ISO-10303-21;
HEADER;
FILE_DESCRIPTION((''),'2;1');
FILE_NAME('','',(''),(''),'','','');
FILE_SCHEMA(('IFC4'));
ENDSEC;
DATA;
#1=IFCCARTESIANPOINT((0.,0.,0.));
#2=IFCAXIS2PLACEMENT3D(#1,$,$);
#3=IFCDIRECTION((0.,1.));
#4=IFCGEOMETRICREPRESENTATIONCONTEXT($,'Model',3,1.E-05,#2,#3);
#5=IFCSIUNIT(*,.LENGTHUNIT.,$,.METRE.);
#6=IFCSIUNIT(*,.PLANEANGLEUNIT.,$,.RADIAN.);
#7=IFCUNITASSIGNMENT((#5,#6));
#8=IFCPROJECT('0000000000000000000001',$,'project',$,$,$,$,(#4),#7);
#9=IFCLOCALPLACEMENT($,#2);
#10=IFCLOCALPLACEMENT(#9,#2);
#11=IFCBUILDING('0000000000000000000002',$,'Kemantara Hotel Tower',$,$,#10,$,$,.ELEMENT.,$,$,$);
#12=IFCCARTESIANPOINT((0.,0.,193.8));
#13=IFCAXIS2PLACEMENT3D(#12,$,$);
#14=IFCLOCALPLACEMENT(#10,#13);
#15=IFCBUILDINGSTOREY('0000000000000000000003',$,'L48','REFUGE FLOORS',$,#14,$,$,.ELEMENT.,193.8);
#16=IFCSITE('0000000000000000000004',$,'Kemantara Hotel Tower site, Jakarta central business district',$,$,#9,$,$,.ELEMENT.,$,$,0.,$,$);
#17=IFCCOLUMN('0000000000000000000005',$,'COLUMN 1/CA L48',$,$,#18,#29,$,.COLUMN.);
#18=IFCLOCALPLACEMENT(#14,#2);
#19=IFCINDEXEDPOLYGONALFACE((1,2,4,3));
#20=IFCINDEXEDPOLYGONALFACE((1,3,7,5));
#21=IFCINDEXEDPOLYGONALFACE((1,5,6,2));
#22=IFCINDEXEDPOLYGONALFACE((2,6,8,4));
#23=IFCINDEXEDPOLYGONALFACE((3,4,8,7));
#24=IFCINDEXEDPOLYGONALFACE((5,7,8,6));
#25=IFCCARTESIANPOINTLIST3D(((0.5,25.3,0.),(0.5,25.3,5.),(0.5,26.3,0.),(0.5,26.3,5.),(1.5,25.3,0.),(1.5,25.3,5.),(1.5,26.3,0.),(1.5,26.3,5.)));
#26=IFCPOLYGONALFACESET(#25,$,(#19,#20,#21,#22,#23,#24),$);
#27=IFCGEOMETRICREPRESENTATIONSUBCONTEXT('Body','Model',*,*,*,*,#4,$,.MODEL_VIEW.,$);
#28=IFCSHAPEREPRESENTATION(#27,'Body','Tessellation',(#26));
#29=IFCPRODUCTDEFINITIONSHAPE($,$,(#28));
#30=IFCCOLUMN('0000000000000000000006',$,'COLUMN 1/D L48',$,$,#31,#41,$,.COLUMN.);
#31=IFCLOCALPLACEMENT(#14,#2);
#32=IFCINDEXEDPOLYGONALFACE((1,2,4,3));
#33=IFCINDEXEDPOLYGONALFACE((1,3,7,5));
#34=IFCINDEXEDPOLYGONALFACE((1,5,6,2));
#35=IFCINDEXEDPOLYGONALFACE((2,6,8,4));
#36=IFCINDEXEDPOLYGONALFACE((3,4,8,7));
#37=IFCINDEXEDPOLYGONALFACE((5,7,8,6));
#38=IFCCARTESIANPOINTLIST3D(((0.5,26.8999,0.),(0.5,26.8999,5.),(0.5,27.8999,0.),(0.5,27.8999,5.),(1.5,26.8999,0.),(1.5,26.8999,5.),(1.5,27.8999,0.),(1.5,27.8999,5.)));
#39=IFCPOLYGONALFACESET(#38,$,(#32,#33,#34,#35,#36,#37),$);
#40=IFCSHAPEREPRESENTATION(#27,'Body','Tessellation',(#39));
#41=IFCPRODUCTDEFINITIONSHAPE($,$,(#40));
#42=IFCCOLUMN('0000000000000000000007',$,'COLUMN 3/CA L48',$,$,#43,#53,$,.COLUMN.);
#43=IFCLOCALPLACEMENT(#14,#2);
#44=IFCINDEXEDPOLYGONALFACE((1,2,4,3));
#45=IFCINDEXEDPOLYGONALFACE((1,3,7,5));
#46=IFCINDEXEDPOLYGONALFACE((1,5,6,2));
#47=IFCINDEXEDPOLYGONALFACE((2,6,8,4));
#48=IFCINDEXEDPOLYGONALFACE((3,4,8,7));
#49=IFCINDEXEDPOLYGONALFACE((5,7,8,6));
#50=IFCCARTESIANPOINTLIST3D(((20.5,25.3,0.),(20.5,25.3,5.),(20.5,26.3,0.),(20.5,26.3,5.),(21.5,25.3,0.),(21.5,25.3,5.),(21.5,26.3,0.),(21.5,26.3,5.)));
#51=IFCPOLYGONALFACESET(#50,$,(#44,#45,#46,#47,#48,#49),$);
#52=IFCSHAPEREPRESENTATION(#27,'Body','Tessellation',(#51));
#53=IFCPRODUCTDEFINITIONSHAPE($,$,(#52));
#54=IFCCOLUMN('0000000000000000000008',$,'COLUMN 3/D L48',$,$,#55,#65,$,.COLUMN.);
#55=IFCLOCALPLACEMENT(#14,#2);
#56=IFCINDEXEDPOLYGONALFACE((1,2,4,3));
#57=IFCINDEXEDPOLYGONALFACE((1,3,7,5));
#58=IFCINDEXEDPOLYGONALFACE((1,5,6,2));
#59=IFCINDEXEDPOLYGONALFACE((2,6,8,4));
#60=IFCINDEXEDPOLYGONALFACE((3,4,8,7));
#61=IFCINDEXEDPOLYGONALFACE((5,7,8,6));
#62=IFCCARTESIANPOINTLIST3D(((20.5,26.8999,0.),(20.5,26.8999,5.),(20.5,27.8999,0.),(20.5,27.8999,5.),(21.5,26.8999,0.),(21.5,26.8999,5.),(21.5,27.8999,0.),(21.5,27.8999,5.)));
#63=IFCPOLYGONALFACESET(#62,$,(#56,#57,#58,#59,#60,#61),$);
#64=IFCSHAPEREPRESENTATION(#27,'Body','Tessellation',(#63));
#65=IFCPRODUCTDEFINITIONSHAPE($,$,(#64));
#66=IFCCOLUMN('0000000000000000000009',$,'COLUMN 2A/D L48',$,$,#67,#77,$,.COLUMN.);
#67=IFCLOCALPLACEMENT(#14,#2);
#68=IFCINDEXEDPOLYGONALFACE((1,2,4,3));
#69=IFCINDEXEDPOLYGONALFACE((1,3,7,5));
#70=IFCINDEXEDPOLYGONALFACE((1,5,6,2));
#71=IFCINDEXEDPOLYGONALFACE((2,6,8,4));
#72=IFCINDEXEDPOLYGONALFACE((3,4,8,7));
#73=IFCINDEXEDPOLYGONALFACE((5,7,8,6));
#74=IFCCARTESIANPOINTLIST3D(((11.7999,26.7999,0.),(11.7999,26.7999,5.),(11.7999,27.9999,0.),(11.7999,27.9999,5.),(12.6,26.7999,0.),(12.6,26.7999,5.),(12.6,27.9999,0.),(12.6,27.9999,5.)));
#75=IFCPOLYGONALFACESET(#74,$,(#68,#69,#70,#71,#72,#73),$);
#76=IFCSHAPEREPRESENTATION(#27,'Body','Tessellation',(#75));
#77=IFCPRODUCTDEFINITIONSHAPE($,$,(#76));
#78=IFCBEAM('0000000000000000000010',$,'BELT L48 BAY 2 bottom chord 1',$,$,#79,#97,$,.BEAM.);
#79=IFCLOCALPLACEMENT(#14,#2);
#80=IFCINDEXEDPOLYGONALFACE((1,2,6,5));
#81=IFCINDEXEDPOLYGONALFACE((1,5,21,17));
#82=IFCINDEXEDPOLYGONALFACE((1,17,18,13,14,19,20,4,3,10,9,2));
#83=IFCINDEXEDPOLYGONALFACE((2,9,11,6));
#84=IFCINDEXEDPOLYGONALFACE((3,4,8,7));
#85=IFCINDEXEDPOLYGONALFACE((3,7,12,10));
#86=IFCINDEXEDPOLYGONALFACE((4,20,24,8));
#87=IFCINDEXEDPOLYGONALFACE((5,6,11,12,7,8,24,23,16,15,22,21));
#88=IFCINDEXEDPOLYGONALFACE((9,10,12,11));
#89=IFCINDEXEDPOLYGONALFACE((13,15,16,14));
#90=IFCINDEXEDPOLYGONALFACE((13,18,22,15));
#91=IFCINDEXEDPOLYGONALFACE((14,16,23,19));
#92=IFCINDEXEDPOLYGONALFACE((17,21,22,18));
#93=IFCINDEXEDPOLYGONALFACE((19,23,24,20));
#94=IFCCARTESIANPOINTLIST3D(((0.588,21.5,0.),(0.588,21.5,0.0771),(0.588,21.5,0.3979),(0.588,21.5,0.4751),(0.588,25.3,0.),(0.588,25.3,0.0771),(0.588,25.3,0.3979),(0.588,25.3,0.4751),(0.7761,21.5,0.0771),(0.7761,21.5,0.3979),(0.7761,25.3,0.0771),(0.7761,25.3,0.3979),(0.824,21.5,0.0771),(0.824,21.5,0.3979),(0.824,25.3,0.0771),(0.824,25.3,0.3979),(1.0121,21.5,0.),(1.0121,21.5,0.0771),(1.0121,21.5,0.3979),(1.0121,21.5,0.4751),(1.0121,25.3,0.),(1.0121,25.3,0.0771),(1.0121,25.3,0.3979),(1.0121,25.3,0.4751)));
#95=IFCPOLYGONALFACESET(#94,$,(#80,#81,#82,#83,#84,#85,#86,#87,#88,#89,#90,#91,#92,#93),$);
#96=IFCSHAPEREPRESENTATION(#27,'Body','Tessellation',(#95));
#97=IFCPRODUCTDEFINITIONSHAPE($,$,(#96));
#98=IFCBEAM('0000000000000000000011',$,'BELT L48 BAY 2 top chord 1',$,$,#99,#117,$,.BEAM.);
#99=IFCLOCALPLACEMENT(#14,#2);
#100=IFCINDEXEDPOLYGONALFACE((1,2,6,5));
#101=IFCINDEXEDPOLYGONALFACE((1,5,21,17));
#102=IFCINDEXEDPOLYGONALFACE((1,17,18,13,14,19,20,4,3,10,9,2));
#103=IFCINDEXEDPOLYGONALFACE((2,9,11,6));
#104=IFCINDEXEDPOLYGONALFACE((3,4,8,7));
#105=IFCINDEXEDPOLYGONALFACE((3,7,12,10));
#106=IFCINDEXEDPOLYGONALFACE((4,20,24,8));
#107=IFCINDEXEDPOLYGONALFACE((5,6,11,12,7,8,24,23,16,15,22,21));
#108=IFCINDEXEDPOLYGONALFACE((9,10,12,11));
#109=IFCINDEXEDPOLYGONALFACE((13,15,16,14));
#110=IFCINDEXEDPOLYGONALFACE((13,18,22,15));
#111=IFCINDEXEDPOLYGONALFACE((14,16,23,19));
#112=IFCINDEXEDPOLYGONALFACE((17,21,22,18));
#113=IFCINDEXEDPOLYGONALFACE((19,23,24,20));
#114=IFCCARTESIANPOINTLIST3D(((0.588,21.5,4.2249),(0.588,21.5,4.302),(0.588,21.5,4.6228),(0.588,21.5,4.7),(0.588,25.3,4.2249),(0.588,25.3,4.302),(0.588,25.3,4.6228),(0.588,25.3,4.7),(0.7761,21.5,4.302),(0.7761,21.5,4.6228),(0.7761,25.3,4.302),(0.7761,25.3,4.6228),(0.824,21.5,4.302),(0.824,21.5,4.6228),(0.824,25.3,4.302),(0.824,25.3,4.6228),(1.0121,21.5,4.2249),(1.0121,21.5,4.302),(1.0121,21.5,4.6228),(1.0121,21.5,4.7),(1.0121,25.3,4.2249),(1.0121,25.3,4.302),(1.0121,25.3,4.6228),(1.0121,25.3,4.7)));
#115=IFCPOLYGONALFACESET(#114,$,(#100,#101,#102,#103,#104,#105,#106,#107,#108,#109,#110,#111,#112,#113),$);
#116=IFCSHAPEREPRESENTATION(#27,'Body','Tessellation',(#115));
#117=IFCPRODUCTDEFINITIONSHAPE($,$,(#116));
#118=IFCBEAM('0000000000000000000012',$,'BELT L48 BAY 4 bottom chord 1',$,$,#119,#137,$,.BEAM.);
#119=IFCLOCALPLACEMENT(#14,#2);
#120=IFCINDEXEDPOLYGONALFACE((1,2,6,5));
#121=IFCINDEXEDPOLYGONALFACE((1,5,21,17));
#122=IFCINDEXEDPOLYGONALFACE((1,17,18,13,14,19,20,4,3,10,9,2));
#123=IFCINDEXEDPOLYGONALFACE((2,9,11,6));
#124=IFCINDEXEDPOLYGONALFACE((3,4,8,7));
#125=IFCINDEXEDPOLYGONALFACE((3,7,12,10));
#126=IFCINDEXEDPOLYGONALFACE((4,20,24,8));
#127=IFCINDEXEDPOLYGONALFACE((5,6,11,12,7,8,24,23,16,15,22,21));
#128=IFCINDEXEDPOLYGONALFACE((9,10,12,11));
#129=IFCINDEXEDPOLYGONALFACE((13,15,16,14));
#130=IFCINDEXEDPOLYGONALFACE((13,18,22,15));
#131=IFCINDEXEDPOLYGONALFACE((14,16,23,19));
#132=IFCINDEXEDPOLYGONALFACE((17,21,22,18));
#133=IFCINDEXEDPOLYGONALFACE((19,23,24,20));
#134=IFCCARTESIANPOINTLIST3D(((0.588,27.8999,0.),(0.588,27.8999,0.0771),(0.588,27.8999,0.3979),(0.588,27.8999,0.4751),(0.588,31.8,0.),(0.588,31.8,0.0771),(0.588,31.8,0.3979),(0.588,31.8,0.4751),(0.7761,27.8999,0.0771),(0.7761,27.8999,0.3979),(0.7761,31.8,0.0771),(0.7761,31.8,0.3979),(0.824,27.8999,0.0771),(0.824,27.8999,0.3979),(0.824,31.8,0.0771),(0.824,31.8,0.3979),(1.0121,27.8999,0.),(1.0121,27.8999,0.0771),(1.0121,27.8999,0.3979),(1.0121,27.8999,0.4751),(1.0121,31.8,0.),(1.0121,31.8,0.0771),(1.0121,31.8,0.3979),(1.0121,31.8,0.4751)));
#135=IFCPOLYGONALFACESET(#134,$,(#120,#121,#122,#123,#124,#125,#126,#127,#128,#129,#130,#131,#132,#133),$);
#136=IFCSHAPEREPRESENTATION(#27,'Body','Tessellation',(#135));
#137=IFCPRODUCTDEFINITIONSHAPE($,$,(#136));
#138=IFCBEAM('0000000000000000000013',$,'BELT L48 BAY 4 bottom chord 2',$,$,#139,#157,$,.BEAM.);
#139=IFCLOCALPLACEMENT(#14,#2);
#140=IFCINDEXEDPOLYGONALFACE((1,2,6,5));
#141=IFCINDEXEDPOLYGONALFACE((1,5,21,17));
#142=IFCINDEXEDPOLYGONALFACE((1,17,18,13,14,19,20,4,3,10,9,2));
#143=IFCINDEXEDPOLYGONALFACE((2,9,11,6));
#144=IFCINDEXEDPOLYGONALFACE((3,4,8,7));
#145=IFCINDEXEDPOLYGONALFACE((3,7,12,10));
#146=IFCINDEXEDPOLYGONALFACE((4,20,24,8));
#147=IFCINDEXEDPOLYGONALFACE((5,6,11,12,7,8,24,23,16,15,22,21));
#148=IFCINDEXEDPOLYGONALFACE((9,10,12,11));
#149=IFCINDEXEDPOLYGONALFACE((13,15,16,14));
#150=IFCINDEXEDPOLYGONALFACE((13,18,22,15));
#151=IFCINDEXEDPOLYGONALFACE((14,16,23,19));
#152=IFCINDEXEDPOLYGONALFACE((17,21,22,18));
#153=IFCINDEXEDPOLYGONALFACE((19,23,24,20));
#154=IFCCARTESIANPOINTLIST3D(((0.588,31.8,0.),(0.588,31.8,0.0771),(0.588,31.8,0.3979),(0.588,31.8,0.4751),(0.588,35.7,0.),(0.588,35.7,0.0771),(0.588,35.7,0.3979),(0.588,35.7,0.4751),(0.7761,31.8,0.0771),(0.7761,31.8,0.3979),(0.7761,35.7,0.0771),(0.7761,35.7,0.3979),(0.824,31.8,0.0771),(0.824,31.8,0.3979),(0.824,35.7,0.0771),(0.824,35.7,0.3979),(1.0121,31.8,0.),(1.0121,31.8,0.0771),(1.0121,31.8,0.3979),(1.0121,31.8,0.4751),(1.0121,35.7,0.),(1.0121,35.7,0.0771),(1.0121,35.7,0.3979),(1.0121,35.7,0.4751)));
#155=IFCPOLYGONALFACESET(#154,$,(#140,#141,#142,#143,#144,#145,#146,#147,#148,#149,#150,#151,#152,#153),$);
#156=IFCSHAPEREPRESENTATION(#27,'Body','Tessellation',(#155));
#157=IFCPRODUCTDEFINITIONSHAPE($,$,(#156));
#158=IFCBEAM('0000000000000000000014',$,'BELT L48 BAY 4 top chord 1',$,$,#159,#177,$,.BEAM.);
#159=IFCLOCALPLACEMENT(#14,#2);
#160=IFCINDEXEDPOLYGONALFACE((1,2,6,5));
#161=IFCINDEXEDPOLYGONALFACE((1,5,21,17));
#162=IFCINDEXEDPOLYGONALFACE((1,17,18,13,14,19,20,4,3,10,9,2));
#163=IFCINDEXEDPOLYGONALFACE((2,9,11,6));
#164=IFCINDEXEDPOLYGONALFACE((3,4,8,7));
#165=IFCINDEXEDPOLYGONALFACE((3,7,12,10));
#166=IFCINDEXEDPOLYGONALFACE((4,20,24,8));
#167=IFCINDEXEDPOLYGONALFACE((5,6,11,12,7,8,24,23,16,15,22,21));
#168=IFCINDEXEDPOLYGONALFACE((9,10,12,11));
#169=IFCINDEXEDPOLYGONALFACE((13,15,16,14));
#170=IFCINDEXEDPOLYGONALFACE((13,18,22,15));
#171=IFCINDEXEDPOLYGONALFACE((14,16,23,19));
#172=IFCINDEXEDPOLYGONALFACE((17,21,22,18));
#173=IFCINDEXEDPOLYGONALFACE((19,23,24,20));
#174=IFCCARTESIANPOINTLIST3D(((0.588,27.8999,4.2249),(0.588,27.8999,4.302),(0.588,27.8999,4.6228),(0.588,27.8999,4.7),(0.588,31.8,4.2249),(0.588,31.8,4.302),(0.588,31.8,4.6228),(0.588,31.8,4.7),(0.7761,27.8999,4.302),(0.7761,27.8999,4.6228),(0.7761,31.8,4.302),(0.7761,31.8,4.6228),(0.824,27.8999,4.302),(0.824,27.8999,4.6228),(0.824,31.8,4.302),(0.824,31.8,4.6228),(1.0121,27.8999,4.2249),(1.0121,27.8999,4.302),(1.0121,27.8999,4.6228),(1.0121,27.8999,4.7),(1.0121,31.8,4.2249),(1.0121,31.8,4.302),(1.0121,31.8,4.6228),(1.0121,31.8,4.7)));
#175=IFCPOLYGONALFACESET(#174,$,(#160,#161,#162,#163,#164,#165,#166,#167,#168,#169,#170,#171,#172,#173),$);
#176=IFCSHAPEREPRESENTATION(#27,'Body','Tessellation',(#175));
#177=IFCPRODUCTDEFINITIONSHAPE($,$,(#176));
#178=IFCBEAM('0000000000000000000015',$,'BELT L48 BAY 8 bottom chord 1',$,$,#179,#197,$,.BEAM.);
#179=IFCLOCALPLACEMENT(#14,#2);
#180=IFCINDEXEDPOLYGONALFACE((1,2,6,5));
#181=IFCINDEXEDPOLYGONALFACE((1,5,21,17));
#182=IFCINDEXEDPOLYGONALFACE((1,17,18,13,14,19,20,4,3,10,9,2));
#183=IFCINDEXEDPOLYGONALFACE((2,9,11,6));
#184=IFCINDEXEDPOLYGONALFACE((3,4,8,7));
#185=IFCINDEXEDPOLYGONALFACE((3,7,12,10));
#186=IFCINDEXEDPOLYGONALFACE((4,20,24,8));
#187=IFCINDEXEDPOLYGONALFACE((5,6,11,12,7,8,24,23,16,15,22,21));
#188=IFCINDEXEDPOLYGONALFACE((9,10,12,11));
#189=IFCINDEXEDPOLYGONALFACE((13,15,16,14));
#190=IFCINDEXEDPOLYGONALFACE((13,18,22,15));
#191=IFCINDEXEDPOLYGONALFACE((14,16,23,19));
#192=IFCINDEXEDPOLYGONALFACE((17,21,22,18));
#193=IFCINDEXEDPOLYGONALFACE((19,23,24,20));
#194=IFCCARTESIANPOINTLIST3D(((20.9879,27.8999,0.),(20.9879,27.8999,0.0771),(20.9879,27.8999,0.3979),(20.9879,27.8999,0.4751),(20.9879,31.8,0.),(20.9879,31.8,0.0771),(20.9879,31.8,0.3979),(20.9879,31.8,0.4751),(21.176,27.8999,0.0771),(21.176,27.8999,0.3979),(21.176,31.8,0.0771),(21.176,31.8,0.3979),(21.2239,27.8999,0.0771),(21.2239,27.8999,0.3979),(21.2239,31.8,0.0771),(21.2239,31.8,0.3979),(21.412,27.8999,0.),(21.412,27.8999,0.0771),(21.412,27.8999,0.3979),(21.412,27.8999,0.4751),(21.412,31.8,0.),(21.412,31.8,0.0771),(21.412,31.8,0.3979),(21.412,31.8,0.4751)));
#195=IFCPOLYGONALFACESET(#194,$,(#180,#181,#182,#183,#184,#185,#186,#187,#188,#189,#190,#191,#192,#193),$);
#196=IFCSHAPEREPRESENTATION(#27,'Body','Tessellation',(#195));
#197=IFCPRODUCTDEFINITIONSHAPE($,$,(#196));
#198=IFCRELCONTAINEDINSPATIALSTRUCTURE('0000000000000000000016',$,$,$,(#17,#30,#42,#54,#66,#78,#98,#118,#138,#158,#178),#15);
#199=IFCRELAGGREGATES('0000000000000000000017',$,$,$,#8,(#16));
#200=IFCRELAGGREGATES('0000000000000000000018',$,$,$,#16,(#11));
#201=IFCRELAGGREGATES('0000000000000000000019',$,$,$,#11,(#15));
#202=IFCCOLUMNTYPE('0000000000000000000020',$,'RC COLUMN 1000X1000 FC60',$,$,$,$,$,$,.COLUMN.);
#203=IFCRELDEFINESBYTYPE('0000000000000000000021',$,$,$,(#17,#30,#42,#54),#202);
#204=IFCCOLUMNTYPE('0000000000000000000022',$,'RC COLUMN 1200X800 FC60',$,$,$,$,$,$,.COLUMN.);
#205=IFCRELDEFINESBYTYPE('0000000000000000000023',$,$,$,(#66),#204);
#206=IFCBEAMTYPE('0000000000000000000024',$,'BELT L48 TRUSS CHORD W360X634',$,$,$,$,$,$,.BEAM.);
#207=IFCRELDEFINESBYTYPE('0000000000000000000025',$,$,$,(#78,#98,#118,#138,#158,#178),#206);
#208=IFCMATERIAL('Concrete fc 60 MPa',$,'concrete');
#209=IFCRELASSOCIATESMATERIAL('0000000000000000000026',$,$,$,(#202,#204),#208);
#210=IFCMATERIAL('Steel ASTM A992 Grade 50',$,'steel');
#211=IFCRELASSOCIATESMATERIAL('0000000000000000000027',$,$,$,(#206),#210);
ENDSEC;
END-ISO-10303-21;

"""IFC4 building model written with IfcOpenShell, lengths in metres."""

from ifc_helpers import new_model, si_unit, direction, frame, origin, origin_2d, place, context, subcontext, project, spatial, rectangle, i_section, extrude, material, material_profile, profile_set, type_object, element, save


model = new_model("IFC4")

# Units and contexts
model_context = context("Model", 3, precision=1e-05, world=origin(), true_north=direction((0.0, 1.0)))
body_context = subcontext(model_context, "Body", "Model", "MODEL_VIEW")
ifc_project = project(units=[si_unit("LENGTHUNIT", "METRE"), si_unit("PLANEANGLEUNIT", "RADIAN")], contexts=[model_context])

# Site, building, storey
site_placement = place(None, origin())
site = spatial("IfcSite", under=ifc_project, at=site_placement, Name="Kemantara Hotel Tower site, Jakarta central business district", CompositionType="ELEMENT", RefElevation=0.0)
building_placement = place(site_placement, origin())
building = spatial("IfcBuilding", under=site, at=building_placement, Name="Kemantara Hotel Tower", CompositionType="ELEMENT")
storey_placement = place(building_placement, frame((0.0, 0.0, 193.8)))
storey = spatial("IfcBuildingStorey", under=building, at=storey_placement, Name="L48", Description="REFUGE FLOORS", CompositionType="ELEMENT", Elevation=193.8)

# Columns
ifc_material_1 = material(Name="Concrete fc 60 MPa", Category="concrete")
ifc_material_profile_1 = material_profile(ifc_material_1, rectangle(XDim=1.0, YDim=1.0, at=origin_2d()), Name="RC 1000X1000")
ifc_profile_set_1 = profile_set([ifc_material_profile_1], Name="Concrete fc 60 MPa")
column_type_1 = type_object("IfcColumnType", Name="RC COLUMN 1000X1000 FC60", PredefinedType="COLUMN", material=ifc_profile_set_1)
for number, where, z_axis, x_axis, name in (
    (1, (1.0, 25.8, 0.0), (0.0, 0.0, 1.0), (1.0, 0.0, 0.0), "COLUMN 1/CA L48"),
    (2, (1.0, 27.3999, 0.0), (0.0, 0.0, 1.0), (1.0, 0.0, 0.0), "COLUMN 1/D L48"),
    (3, (21.0, 25.8, 0.0), (0.0, 0.0, 1.0), (1.0, 0.0, 0.0), "COLUMN 3/CA L48"),
    (4, (21.0, 27.3999, 0.0), (0.0, 0.0, 1.0), (1.0, 0.0, 0.0), "COLUMN 3/D L48"),
):
    element("IfcColumn", number, at=place(storey_placement, frame(where, z_axis=z_axis, x_axis=x_axis)), inside=storey, type_object=column_type_1, Name=name, PredefinedType="COLUMN", context=body_context, shape_type="SweptSolid", body=[
        extrude(rectangle(XDim=1.0, YDim=1.0, at=origin_2d()), origin(), (0.0, 0.0, 1.0), 5.0),
    ])
ifc_material_profile_2 = material_profile(ifc_material_1, rectangle(XDim=1.2, YDim=0.8, at=origin_2d()), Name="RC 1200X800")
ifc_profile_set_2 = profile_set([ifc_material_profile_2], Name="Concrete fc 60 MPa")
column_type_2 = type_object("IfcColumnType", Name="RC COLUMN 1200X800 FC60", PredefinedType="COLUMN", material=ifc_profile_set_2)
column_placement = place(storey_placement, frame((12.2, 27.3999, 0.0), z_axis=(0.0, 0.0, 1.0), x_axis=(0.0, 1.0, 0.0)))
element("IfcColumn", 5, at=column_placement, inside=storey, type_object=column_type_2, Name="COLUMN 2A/D L48", PredefinedType="COLUMN", context=body_context, shape_type="SweptSolid", body=[
    extrude(rectangle(XDim=1.2, YDim=0.8, at=origin_2d()), origin(), (0.0, 0.0, 1.0), 5.0),
])

# Beams
ifc_material_2 = material(Name="Steel ASTM A992 Grade 50", Category="steel")
ifc_material_profile_3 = material_profile(ifc_material_2, i_section(OverallWidth=0.4241, OverallDepth=0.4751, WebThickness=0.0479, FlangeThickness=0.0771, at=origin_2d()), Name="W360X634")
ifc_profile_set_3 = profile_set([ifc_material_profile_3], Name="Steel ASTM A992 Grade 50")
beam_type = type_object("IfcBeamType", Name="BELT L48 TRUSS CHORD W360X634", PredefinedType="BEAM", material=ifc_profile_set_3)
for number, where, z_axis, x_axis, name in (
    (6, (0.8, 21.5, 0.2375), (0.0, 1.0, 0.0), (-1.0, 0.0, 0.0), "BELT L48 BAY 2 bottom chord 1"),
    (7, (0.8, 21.5, 4.4624), (0.0, 1.0, 0.0), (-1.0, 0.0, 0.0), "BELT L48 BAY 2 top chord 1"),
):
    element("IfcBeam", number, at=place(storey_placement, frame(where, z_axis=z_axis, x_axis=x_axis)), inside=storey, type_object=beam_type, Name=name, PredefinedType="BEAM", context=body_context, shape_type="SweptSolid", body=[
        extrude(i_section(OverallWidth=0.4241, OverallDepth=0.4751, WebThickness=0.0479, FlangeThickness=0.0771, at=origin_2d()), origin(), (0.0, 0.0, 1.0), 3.8),
    ])
beam_1_placement = place(storey_placement, frame((0.8, 27.8999, 0.2375), z_axis=(0.0, 1.0, 0.0), x_axis=(-1.0, 0.0, 0.0)))
element("IfcBeam", 8, at=beam_1_placement, inside=storey, type_object=beam_type, Name="BELT L48 BAY 4 bottom chord 1", PredefinedType="BEAM", context=body_context, shape_type="SweptSolid", body=[
    extrude(i_section(OverallWidth=0.4241, OverallDepth=0.4751, WebThickness=0.0479, FlangeThickness=0.0771, at=origin_2d()), origin(), (0.0, 0.0, 1.0), 3.9001),
])
beam_2_placement = place(storey_placement, frame((0.8, 31.8, 0.2375), z_axis=(0.0, 1.0, 0.0), x_axis=(-1.0, 0.0, 0.0)))
element("IfcBeam", 9, at=beam_2_placement, inside=storey, type_object=beam_type, Name="BELT L48 BAY 4 bottom chord 2", PredefinedType="BEAM", context=body_context, shape_type="SweptSolid", body=[
    extrude(i_section(OverallWidth=0.4241, OverallDepth=0.4751, WebThickness=0.0479, FlangeThickness=0.0771, at=origin_2d()), origin(), (0.0, 0.0, 1.0), 3.8999),
])
for number, where, z_axis, x_axis, name in (
    (10, (0.8, 27.8999, 4.4624), (0.0, 1.0, 0.0), (-1.0, 0.0, 0.0), "BELT L48 BAY 4 top chord 1"),
    (11, (21.2, 27.8999, 0.2375), (0.0, 1.0, 0.0), (-1.0, 0.0, 0.0), "BELT L48 BAY 8 bottom chord 1"),
):
    element("IfcBeam", number, at=place(storey_placement, frame(where, z_axis=z_axis, x_axis=x_axis)), inside=storey, type_object=beam_type, Name=name, PredefinedType="BEAM", context=body_context, shape_type="SweptSolid", body=[
        extrude(i_section(OverallWidth=0.4241, OverallDepth=0.4751, WebThickness=0.0479, FlangeThickness=0.0771, at=origin_2d()), origin(), (0.0, 0.0, 1.0), 3.9001),
    ])

save(model, "model.ifc")
